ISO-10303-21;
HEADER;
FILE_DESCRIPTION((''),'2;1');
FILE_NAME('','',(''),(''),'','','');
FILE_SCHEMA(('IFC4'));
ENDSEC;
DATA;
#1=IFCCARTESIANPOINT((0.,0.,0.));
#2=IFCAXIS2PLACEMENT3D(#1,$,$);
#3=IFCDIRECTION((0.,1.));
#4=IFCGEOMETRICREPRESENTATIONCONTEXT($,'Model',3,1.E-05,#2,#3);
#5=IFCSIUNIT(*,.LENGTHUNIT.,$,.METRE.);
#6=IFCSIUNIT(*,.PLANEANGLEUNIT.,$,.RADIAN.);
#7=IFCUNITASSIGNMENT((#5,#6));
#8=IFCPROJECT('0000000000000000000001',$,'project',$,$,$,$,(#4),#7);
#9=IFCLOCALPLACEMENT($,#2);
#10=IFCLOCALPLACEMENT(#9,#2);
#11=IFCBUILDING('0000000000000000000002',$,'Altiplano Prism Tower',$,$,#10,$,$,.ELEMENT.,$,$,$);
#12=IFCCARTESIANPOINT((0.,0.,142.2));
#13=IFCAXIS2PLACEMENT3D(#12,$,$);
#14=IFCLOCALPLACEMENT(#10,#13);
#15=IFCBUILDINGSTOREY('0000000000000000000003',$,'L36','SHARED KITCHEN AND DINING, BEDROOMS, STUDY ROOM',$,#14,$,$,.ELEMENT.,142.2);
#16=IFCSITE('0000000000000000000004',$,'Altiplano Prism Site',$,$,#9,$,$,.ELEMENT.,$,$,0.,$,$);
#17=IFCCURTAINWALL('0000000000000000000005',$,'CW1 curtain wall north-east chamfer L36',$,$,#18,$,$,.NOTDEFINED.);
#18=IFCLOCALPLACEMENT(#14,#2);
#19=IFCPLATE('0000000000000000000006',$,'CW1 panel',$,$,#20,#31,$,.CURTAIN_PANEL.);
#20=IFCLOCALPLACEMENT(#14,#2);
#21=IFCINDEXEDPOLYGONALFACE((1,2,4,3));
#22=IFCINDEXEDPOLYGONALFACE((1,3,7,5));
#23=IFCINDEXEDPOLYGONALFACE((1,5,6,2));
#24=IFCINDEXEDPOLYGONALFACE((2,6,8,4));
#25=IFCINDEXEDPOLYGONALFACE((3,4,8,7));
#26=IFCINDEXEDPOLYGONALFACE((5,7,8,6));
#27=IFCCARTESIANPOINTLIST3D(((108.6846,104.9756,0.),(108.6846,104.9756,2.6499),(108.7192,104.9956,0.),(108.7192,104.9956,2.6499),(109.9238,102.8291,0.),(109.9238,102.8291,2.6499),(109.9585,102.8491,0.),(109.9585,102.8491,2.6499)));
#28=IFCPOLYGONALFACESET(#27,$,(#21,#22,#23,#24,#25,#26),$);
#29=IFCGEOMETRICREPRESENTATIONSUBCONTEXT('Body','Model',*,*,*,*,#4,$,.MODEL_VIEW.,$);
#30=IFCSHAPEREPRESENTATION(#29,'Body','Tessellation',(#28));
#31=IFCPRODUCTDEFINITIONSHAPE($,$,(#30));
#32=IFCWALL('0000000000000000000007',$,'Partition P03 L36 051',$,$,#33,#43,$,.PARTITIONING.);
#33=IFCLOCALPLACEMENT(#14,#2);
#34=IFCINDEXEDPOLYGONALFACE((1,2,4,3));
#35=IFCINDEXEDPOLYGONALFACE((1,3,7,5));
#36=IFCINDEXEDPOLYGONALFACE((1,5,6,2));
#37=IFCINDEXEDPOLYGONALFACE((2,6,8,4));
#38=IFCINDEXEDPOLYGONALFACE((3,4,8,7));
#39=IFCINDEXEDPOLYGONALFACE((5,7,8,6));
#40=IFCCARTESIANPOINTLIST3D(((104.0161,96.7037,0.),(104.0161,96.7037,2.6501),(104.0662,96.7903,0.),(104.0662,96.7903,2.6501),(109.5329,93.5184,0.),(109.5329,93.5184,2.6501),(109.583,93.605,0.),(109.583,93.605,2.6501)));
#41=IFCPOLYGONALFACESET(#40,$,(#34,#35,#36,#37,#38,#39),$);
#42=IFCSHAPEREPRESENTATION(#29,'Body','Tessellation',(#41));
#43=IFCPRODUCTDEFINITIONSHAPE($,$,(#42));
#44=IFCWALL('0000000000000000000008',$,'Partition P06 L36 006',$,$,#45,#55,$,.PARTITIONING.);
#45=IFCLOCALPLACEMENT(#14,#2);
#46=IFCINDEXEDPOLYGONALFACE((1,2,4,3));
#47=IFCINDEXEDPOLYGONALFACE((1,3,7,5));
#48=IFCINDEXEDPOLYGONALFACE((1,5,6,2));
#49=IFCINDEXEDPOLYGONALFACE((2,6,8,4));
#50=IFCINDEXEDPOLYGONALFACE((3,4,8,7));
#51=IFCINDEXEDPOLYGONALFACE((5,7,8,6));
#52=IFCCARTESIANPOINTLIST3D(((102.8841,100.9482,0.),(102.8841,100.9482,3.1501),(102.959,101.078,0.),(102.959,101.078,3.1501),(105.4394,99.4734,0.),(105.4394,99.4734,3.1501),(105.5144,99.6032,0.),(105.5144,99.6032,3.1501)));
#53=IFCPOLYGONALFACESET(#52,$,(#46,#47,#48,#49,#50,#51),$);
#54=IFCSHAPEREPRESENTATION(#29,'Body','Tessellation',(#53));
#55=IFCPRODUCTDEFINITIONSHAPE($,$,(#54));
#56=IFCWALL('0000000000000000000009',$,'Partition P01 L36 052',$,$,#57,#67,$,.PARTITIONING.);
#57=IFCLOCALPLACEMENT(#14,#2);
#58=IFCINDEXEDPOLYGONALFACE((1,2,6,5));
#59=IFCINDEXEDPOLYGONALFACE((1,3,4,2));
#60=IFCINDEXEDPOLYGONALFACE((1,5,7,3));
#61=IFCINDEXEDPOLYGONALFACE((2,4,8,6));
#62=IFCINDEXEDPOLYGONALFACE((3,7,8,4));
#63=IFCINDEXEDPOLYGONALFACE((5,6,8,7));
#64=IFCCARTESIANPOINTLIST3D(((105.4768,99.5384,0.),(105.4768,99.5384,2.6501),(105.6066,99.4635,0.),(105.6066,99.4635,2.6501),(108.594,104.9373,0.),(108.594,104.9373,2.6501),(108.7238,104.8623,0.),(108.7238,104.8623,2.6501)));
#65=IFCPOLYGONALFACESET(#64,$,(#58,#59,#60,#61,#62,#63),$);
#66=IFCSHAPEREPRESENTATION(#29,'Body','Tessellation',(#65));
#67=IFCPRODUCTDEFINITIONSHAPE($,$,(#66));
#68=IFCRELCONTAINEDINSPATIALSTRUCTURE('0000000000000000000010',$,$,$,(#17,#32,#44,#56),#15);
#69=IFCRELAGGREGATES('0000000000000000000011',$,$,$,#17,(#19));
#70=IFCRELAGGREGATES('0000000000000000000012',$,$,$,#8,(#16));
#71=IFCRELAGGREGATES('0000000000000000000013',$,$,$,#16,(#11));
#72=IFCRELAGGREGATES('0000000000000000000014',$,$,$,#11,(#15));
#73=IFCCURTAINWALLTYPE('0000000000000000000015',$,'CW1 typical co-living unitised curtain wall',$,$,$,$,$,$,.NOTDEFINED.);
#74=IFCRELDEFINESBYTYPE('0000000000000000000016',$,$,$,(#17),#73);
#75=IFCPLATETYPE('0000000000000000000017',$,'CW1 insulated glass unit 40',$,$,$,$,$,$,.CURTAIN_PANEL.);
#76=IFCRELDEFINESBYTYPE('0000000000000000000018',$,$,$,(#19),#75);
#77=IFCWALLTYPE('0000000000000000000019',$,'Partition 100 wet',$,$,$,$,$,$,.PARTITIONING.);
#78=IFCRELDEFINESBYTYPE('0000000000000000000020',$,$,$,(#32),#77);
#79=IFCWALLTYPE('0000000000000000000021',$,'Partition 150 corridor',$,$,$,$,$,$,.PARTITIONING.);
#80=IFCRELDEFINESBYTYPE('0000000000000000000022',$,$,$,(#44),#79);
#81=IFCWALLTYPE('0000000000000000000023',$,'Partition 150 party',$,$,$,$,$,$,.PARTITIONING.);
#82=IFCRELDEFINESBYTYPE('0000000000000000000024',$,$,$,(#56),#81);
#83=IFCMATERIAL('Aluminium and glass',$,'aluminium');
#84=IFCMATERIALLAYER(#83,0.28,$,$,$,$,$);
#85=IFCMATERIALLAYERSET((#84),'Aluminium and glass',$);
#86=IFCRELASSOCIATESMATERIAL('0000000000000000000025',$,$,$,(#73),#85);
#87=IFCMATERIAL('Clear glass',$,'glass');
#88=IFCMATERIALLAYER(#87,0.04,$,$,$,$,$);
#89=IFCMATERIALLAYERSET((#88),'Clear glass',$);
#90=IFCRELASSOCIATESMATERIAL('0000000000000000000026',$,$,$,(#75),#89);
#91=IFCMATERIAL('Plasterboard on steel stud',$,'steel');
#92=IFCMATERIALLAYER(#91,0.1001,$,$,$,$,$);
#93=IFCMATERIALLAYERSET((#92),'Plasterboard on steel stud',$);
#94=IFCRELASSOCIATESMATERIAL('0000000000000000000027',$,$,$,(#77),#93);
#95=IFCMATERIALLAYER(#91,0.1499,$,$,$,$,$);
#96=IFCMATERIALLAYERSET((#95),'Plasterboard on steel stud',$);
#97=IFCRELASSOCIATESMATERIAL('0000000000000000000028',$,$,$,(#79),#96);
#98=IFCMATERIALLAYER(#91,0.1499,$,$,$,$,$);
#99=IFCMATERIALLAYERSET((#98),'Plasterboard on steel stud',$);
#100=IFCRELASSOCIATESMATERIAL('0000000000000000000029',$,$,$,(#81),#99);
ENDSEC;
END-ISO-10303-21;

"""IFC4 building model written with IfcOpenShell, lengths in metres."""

from ifc_helpers import new_model, si_unit, direction, frame, frame_2d, origin, origin_2d, place, context, subcontext, project, spatial, rectangle, extrude, material, layer, layer_set, type_object, element, aggregate, save


model = new_model("IFC4")

# Units and contexts
model_context = context("Model", 3, precision=1e-05, world=origin(), true_north=direction((0.0, 1.0)))
body_context = subcontext(model_context, "Body", "Model", "MODEL_VIEW")
ifc_project = project(units=[si_unit("LENGTHUNIT", "METRE"), si_unit("PLANEANGLEUNIT", "RADIAN")], contexts=[model_context])

# Site, building, storey
site_placement = place(None, origin())
site = spatial("IfcSite", under=ifc_project, at=site_placement, Name="Altiplano Prism Site", CompositionType="ELEMENT", RefElevation=0.0)
building_placement = place(site_placement, origin())
building = spatial("IfcBuilding", under=site, at=building_placement, Name="Altiplano Prism Tower", CompositionType="ELEMENT")
storey_placement = place(building_placement, frame((0.0, 0.0, 142.2)))
storey = spatial("IfcBuildingStorey", under=building, at=storey_placement, Name="L36", Description="SHARED KITCHEN AND DINING, BEDROOMS, STUDY ROOM", CompositionType="ELEMENT", Elevation=142.2)

# Curtain wall
ifc_material_1 = material(Name="Aluminium and glass", Category="aluminium")
ifc_layer_1 = layer(ifc_material_1, 0.28)
ifc_layer_set_1 = layer_set([ifc_layer_1], Name="Aluminium and glass")
curtain_wall_type = type_object("IfcCurtainWallType", Name="CW1 typical co-living unitised curtain wall", PredefinedType="NOTDEFINED", material=ifc_layer_set_1)
curtain_wall_1_placement = place(storey_placement, origin())
curtain_wall_1 = element("IfcCurtainWall", 1, at=curtain_wall_1_placement, inside=storey, type_object=curtain_wall_type, Name="CW1 curtain wall north-east chamfer L36", PredefinedType="NOTDEFINED")

# Plate
ifc_material_2 = material(Name="Clear glass", Category="glass")
ifc_layer_2 = layer(ifc_material_2, 0.04)
ifc_layer_set_2 = layer_set([ifc_layer_2], Name="Clear glass")
plate_type = type_object("IfcPlateType", Name="CW1 insulated glass unit 40", PredefinedType="CURTAIN_PANEL", material=ifc_layer_set_2)
plate_1_placement = place(storey_placement, frame((109.3215, 103.9124, 0.0), z_axis=(0.0, 0.0, 1.0), x_axis=(-0.5, 0.866025, 0.0)))
plate_1 = element("IfcPlate", 2, at=plate_1_placement, type_object=plate_type, Name="CW1 panel", PredefinedType="CURTAIN_PANEL", context=body_context, shape_type="SweptSolid", body=[
    extrude(rectangle(XDim=2.4785, YDim=0.04, at=origin_2d()), origin(), (0.0, 0.0, 1.0), 2.6499),
])
aggregate(curtain_wall_1, [plate_1])

# Walls
ifc_material_3 = material(Name="Plasterboard on steel stud", Category="steel")
ifc_layer_3 = layer(ifc_material_3, 0.1001)
ifc_layer_set_3 = layer_set([ifc_layer_3], Name="Plasterboard on steel stud")
wall_type_1 = type_object("IfcWallType", Name="Partition 100 wet", PredefinedType="PARTITIONING", material=ifc_layer_set_3)
wall_1_placement = place(storey_placement, frame((109.5579, 93.5618, 0.0), z_axis=(0.0, 0.0, 1.0), x_axis=(-0.866015, 0.500018, 0.0)))
element("IfcWall", 3, at=wall_1_placement, inside=storey, type_object=wall_type_1, Name="Partition P03 L36 051", PredefinedType="PARTITIONING", context=body_context, shape_type="SweptSolid", body=[
    extrude(rectangle(XDim=6.3704, YDim=0.1001, at=frame_2d((3.1851, 0.0))), origin(), (0.0, 0.0, 1.0), 2.6501),
])
ifc_layer_4 = layer(ifc_material_3, 0.1499)
ifc_layer_set_4 = layer_set([ifc_layer_4], Name="Plasterboard on steel stud")
wall_type_2 = type_object("IfcWallType", Name="Partition 150 corridor", PredefinedType="PARTITIONING", material=ifc_layer_set_4)
wall_2_placement = place(storey_placement, frame((105.4768, 99.5383, 0.0), z_axis=(0.0, 0.0, 1.0), x_axis=(-0.866102, 0.499868, 0.0)))
element("IfcWall", 4, at=wall_2_placement, inside=storey, type_object=wall_type_2, Name="Partition P06 L36 006", PredefinedType="PARTITIONING", context=body_context, shape_type="SweptSolid", body=[
    extrude(rectangle(XDim=2.9504, YDim=0.1499, at=frame_2d((1.4751, 0.0))), origin(), (0.0, 0.0, 1.0), 3.1501),
])
ifc_layer_5 = layer(ifc_material_3, 0.1499)
ifc_layer_set_5 = layer_set([ifc_layer_5], Name="Plasterboard on steel stud")
wall_type_3 = type_object("IfcWallType", Name="Partition 150 party", PredefinedType="PARTITIONING", material=ifc_layer_set_5)
wall_3_placement = place(storey_placement, frame((108.6589, 104.8999, 0.0), z_axis=(0.0, 0.0, 1.0), x_axis=(-0.500014, -0.866017, 0.0)))
element("IfcWall", 5, at=wall_3_placement, inside=storey, type_object=wall_type_3, Name="Partition P01 L36 052", PredefinedType="PARTITIONING", context=body_context, shape_type="SweptSolid", body=[
    extrude(rectangle(XDim=6.2341, YDim=0.1499, at=frame_2d((3.1172, 0.0))), origin(), (0.0, 0.0, 1.0), 2.6501),
])

save(model, "model.ifc")
